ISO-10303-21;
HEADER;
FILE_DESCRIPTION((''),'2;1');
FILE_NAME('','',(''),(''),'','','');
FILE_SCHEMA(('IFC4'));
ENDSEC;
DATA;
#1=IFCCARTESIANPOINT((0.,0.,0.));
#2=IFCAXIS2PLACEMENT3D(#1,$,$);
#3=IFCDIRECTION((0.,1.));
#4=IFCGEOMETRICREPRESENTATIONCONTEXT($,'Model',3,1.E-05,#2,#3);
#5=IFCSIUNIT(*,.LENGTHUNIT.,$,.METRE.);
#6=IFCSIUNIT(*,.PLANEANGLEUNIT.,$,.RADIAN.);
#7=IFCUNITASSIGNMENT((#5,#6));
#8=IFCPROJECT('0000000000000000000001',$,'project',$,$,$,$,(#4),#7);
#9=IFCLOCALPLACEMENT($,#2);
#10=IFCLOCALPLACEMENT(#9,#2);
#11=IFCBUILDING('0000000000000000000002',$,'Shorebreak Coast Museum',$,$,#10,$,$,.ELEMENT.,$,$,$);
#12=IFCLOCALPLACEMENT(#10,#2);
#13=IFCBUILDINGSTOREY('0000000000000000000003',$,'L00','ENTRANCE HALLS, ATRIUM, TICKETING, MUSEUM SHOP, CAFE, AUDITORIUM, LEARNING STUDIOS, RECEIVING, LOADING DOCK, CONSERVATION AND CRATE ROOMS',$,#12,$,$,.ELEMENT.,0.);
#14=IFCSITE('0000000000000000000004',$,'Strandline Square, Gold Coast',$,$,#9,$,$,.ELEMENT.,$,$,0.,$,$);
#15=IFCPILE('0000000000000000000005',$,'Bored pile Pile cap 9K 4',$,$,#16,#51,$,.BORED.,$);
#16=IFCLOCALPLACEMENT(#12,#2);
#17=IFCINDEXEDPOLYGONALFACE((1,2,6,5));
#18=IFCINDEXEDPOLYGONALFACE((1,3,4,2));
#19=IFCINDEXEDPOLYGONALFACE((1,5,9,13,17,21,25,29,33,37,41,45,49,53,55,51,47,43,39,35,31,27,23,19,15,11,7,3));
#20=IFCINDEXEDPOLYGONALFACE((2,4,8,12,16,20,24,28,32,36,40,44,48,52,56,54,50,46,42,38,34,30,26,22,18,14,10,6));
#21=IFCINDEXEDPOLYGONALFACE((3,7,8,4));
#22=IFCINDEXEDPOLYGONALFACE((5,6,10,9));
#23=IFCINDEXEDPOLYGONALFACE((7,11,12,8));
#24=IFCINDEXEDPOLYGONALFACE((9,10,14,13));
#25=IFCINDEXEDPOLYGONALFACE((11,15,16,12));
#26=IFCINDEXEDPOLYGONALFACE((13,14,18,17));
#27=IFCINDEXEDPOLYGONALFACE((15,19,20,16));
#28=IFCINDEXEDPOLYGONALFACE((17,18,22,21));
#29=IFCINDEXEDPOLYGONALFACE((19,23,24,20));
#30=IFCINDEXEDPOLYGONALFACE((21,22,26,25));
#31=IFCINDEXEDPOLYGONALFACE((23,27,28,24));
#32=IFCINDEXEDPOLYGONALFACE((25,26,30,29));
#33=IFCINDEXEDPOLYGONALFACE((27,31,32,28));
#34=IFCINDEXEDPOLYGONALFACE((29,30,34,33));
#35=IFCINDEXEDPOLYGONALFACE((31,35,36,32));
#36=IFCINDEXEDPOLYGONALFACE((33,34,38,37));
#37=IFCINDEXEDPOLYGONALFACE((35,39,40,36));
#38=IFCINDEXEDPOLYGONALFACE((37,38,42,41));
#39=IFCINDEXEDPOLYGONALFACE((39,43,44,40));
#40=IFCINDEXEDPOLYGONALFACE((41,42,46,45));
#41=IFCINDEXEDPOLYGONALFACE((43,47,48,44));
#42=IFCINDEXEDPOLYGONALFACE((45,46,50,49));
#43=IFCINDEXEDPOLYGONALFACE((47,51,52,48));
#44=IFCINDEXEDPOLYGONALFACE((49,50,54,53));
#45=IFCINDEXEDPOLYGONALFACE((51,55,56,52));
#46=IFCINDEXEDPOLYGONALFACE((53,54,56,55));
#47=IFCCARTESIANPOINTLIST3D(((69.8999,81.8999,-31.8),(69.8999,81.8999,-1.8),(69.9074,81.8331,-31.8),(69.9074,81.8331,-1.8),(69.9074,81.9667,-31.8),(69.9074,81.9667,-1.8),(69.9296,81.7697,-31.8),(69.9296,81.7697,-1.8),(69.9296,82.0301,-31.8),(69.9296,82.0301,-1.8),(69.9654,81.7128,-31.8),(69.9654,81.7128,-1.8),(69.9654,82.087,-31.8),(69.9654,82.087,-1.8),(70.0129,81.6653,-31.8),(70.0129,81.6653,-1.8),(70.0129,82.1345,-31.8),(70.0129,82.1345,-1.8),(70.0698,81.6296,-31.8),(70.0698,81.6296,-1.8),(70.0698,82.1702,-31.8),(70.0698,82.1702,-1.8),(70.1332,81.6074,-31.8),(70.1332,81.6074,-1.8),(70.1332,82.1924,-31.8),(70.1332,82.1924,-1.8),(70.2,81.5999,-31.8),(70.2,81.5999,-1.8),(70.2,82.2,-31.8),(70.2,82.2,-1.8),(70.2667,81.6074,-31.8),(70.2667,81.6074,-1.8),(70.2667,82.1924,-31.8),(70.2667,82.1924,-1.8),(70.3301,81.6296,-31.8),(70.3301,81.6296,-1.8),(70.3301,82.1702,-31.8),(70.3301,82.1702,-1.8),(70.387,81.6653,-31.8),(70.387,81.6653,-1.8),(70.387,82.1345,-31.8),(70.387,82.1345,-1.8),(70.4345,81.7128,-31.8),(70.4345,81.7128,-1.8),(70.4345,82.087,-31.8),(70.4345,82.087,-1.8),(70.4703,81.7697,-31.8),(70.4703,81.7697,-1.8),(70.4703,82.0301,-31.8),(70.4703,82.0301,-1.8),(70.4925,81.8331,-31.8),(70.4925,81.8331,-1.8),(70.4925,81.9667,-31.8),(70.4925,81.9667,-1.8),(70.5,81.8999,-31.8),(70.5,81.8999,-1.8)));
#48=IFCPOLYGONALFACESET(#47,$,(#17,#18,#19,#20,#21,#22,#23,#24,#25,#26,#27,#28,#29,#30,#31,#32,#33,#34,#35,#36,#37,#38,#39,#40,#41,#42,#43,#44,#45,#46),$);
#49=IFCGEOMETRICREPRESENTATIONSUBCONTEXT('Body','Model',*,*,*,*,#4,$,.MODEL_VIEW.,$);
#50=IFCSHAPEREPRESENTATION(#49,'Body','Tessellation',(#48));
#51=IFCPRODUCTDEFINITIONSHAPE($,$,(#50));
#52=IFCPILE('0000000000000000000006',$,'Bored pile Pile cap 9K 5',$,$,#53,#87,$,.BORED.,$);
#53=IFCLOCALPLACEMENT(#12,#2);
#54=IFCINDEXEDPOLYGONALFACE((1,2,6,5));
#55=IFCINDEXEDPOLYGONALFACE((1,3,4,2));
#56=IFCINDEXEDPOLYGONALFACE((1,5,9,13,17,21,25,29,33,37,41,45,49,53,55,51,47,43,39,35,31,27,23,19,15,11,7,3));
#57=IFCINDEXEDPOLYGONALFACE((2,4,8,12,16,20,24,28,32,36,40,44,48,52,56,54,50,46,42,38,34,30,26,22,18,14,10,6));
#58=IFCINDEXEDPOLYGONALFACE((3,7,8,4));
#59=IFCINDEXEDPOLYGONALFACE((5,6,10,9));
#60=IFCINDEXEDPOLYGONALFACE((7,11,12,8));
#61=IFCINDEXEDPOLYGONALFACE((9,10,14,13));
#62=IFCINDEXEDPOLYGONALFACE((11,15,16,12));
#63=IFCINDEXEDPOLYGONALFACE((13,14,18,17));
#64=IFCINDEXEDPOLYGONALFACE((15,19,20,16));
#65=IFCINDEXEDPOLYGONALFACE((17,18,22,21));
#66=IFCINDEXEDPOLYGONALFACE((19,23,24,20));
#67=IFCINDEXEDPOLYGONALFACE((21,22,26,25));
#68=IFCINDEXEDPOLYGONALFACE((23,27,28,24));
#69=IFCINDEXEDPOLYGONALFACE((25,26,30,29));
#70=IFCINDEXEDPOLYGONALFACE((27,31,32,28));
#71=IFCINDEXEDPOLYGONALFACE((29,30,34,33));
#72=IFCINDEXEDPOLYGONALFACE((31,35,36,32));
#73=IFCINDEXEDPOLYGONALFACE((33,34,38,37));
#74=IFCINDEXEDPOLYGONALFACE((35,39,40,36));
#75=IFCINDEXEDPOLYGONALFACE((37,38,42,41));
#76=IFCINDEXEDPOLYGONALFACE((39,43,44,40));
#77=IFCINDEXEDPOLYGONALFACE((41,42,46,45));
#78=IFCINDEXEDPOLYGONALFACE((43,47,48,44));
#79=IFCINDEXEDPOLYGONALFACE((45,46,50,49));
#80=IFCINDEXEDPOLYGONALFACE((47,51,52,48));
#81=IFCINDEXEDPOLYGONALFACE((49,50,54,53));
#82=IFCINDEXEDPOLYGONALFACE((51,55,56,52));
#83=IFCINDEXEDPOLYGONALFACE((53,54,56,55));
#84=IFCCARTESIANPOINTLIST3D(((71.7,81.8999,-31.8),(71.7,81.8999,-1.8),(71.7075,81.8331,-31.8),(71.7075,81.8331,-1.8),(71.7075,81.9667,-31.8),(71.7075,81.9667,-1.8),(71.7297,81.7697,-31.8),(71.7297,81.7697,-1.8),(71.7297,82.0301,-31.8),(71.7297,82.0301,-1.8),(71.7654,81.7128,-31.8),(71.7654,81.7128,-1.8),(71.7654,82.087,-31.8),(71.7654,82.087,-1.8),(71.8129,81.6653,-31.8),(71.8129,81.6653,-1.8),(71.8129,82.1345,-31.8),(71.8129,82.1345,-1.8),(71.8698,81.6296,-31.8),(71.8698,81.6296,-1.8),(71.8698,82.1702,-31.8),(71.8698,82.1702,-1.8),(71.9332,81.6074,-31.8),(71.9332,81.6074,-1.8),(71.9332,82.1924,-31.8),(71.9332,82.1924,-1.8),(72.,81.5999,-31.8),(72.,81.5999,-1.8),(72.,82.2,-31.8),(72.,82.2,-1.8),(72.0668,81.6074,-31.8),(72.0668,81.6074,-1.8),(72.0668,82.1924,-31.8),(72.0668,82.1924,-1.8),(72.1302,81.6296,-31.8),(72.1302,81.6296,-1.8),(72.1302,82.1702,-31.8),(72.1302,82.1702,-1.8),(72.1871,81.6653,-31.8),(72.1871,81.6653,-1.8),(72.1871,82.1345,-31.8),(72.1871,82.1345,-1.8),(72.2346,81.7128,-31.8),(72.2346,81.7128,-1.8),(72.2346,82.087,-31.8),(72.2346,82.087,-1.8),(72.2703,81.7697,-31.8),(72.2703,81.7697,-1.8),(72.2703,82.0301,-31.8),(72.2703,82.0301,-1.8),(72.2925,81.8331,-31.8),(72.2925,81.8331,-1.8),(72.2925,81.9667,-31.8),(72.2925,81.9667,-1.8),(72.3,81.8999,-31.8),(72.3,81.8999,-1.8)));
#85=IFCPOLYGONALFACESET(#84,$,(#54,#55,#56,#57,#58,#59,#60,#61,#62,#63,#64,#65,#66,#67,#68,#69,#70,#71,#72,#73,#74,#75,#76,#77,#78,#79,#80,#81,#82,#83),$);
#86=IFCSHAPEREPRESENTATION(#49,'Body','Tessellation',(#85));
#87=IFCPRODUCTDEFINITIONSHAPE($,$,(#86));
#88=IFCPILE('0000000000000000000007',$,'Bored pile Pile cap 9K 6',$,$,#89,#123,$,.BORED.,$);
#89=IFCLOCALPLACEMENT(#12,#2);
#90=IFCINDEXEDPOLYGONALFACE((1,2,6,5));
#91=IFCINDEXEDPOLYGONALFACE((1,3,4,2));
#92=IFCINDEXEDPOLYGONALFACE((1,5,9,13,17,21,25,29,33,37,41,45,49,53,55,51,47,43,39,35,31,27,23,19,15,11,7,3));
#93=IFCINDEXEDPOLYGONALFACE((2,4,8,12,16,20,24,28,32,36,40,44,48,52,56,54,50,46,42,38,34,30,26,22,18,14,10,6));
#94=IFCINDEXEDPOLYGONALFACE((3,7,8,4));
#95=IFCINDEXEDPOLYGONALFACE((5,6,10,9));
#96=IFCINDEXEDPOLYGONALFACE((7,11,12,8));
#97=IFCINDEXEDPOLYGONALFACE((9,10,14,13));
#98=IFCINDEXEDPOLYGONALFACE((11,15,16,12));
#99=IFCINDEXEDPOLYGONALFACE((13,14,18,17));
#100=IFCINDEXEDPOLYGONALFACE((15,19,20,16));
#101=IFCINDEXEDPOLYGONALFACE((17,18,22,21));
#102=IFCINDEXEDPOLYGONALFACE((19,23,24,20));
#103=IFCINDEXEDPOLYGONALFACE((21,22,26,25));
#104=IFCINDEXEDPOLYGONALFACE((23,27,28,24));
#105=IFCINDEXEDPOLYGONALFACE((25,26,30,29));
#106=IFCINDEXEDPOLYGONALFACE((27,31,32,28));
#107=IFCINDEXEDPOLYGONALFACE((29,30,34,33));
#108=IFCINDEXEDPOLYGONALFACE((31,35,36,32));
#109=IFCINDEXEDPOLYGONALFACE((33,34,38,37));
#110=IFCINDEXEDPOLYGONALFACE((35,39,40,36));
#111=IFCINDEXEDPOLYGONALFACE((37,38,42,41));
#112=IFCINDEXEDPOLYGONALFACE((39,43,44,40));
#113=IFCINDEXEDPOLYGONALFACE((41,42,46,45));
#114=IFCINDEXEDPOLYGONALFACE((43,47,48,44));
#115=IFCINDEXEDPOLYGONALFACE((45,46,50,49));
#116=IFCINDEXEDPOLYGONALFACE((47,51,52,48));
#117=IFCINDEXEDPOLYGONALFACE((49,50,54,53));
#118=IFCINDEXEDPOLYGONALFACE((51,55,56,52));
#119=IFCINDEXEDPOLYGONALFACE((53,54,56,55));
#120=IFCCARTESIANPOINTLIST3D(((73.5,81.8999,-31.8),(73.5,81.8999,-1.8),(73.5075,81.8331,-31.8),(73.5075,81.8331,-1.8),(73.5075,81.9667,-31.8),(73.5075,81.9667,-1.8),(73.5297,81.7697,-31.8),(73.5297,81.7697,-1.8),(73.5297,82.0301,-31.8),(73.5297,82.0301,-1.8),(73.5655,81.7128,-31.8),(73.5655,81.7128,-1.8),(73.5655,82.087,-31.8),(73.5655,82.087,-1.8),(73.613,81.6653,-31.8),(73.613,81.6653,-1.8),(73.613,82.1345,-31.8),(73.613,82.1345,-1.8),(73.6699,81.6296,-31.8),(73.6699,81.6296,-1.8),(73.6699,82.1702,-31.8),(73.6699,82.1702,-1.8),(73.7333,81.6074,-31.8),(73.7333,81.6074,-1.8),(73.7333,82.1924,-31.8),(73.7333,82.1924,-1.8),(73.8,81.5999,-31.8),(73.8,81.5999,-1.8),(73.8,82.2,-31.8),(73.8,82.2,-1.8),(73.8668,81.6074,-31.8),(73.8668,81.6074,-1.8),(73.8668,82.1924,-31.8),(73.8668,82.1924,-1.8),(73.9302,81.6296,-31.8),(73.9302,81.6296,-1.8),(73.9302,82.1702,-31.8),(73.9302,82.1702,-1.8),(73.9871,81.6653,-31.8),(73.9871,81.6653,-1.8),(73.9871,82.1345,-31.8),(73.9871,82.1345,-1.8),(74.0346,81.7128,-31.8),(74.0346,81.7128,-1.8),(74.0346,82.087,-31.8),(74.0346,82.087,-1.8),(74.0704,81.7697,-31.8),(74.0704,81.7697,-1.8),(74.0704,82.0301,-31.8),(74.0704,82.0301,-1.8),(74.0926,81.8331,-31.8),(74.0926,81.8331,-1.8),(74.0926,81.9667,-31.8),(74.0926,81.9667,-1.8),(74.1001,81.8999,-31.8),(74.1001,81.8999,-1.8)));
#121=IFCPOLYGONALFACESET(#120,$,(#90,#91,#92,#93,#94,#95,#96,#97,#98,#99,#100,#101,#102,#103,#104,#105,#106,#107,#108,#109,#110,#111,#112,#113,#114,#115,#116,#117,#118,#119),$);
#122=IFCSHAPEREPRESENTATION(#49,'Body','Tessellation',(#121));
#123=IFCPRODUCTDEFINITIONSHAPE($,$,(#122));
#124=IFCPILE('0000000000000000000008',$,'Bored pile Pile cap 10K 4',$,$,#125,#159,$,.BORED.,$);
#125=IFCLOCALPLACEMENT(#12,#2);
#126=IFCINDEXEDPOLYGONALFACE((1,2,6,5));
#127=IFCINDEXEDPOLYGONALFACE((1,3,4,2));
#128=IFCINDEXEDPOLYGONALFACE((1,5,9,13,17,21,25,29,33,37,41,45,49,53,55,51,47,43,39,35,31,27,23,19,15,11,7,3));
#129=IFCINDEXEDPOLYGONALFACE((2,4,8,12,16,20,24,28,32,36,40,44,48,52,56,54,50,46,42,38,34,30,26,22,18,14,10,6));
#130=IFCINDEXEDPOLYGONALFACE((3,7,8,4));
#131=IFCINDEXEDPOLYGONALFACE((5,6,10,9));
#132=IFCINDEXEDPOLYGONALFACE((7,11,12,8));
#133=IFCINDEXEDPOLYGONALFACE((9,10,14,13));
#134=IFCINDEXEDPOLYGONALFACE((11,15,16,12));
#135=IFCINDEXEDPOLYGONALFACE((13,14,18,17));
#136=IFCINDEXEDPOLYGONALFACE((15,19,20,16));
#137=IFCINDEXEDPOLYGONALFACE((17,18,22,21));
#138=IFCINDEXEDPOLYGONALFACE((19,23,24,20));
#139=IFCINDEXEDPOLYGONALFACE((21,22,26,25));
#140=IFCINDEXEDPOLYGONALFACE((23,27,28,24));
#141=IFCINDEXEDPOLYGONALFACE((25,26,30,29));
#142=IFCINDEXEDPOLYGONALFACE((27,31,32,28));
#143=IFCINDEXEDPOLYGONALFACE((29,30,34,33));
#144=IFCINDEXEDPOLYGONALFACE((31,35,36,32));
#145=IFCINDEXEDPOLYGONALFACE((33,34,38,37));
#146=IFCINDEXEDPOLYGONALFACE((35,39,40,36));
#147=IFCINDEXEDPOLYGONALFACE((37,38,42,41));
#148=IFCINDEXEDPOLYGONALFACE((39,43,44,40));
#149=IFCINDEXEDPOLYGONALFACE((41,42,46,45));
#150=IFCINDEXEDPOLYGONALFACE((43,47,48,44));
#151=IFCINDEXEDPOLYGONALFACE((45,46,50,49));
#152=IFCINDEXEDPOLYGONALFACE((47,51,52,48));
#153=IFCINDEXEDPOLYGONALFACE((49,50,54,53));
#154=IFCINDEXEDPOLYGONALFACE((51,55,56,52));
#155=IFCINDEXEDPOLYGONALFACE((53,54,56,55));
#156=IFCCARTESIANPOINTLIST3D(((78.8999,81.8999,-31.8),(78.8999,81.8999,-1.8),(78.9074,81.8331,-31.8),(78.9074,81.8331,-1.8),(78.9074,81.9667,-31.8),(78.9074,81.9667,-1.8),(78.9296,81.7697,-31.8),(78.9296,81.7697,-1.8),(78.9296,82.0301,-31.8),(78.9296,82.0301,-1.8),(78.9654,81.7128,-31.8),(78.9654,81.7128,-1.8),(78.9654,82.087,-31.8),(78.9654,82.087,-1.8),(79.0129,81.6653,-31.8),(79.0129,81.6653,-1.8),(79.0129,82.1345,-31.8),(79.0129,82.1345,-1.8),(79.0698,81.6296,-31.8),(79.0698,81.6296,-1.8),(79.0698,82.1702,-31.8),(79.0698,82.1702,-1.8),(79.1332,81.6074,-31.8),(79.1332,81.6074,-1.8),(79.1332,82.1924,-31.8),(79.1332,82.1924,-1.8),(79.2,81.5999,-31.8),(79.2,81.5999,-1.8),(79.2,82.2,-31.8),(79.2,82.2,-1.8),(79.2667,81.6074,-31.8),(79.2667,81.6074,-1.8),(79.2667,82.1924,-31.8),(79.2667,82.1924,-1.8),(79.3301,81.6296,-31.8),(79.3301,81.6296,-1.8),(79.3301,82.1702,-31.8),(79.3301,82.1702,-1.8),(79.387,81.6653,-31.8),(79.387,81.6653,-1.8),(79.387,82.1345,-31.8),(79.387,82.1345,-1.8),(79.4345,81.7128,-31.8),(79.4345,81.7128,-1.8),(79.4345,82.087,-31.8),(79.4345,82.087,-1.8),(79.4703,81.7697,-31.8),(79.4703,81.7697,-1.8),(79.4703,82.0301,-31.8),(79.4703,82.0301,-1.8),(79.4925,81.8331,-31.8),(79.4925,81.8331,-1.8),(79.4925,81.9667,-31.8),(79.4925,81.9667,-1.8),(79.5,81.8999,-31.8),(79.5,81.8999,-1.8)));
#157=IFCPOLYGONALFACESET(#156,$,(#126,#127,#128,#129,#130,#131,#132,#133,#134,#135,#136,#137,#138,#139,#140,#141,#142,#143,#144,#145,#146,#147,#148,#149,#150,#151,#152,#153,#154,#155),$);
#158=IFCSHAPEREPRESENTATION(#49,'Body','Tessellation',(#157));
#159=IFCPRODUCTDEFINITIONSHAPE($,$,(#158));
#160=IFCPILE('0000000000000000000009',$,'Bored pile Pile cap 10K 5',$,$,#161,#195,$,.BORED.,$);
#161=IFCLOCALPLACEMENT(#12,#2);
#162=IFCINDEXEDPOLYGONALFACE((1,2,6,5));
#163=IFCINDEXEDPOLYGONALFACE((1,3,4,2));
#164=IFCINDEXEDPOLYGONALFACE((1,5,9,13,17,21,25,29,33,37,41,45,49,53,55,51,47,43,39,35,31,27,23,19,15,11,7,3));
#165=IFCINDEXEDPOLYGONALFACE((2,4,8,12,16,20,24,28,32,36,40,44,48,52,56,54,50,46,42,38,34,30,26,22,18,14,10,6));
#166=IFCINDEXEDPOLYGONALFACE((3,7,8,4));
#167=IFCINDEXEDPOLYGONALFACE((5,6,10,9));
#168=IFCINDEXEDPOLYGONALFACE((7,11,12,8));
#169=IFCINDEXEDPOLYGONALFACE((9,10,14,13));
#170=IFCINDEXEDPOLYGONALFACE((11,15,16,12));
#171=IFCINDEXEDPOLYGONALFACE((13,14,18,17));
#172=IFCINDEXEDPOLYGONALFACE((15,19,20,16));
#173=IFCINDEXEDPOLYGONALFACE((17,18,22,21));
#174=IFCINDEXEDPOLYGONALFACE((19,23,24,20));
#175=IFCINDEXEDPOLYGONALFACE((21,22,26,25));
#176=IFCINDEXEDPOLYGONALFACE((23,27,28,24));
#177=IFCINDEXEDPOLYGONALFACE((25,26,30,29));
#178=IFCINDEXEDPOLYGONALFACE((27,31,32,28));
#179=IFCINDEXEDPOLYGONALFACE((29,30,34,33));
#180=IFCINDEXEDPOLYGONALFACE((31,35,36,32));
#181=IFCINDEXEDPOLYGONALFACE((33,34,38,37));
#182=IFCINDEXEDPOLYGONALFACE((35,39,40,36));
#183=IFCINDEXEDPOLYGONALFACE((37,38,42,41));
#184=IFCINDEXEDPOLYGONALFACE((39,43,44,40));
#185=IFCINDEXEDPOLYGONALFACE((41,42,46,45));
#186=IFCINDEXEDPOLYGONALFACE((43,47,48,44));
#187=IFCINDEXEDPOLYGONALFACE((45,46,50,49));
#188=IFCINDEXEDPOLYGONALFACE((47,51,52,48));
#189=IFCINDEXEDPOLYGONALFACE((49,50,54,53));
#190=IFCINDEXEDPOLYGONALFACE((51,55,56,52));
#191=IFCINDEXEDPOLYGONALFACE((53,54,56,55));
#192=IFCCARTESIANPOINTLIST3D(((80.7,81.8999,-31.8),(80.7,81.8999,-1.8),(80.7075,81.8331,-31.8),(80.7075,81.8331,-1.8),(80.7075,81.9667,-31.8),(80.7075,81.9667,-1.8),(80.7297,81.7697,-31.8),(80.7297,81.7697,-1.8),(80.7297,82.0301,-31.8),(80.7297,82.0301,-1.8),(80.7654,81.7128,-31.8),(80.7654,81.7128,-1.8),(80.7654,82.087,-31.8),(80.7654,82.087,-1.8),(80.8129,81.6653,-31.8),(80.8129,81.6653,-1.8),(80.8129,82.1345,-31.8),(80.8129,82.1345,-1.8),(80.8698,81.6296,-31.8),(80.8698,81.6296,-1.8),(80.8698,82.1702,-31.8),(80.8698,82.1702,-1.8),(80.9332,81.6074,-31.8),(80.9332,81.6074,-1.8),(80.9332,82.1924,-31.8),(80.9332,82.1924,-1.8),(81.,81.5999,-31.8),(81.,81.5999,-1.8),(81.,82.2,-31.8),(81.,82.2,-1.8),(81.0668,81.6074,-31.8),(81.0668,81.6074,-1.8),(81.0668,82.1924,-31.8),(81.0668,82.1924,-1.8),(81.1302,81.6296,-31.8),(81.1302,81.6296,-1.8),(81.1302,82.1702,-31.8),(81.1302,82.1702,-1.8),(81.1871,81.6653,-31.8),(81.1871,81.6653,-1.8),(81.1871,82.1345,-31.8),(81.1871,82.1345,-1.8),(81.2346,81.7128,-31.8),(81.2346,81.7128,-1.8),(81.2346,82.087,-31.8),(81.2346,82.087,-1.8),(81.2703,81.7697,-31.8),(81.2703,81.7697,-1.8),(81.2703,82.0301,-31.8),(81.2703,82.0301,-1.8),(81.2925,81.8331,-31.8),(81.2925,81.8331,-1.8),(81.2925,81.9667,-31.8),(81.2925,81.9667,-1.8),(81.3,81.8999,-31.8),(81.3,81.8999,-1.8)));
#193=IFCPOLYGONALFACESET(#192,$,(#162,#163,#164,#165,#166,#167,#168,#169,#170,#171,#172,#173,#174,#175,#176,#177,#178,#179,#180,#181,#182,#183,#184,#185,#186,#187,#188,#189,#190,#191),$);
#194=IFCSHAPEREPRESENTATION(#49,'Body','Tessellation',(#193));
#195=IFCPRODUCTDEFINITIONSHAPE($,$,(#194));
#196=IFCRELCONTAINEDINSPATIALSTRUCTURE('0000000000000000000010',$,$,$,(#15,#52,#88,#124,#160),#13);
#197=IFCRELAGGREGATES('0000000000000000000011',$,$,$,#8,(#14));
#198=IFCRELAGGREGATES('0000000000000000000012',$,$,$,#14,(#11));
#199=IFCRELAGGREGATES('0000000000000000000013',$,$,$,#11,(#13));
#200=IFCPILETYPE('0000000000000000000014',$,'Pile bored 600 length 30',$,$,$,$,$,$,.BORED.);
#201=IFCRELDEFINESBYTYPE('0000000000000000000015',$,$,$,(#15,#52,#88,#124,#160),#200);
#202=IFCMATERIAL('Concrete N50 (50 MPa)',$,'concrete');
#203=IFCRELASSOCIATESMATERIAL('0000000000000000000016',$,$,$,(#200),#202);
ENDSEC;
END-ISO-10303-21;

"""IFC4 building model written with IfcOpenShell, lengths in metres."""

from ifc_helpers import new_model, si_unit, direction, frame, origin, origin_2d, place, context, subcontext, project, spatial, circle, extrude, material, material_profile, profile_set, type_object, element, save


model = new_model("IFC4")

# Units and contexts
model_context = context("Model", 3, precision=1e-05, world=origin(), true_north=direction((0.0, 1.0)))
body_context = subcontext(model_context, "Body", "Model", "MODEL_VIEW")
ifc_project = project(units=[si_unit("LENGTHUNIT", "METRE"), si_unit("PLANEANGLEUNIT", "RADIAN")], contexts=[model_context])

# Site, building, storey
site_placement = place(None, origin())
site = spatial("IfcSite", under=ifc_project, at=site_placement, Name="Strandline Square, Gold Coast", CompositionType="ELEMENT", RefElevation=0.0)
building_placement = place(site_placement, origin())
building = spatial("IfcBuilding", under=site, at=building_placement, Name="Shorebreak Coast Museum", CompositionType="ELEMENT")
storey_placement = place(building_placement, origin())
storey = spatial("IfcBuildingStorey", under=building, at=storey_placement, Name="L00", Description="ENTRANCE HALLS, ATRIUM, TICKETING, MUSEUM SHOP, CAFE, AUDITORIUM, LEARNING STUDIOS, RECEIVING, LOADING DOCK, CONSERVATION AND CRATE ROOMS", CompositionType="ELEMENT", Elevation=0.0)

# Piles
ifc_material_1 = material(Name="Concrete N50 (50 MPa)", Category="concrete")
ifc_material_profile_1 = material_profile(ifc_material_1, circle(Radius=0.3, at=origin_2d()), Name="Pile bored 600 length 30")
ifc_profile_set_1 = profile_set([ifc_material_profile_1], Name="Concrete N50 (50 MPa)")
pile_type_1 = type_object("IfcPileType", Name="Pile bored 600 length 30", PredefinedType="BORED", material=ifc_profile_set_1)
for number, where, z_axis, x_axis, name in (
    (1, (70.2, 81.8999, -1.8), (0.0, 0.0, -1.0), (1.0, 0.0, 0.0), "Bored pile Pile cap 9K 4"),
    (2, (72.0, 81.8999, -1.8), (0.0, 0.0, -1.0), (1.0, 0.0, 0.0), "Bored pile Pile cap 9K 5"),
    (3, (73.8, 81.8999, -1.8), (0.0, 0.0, -1.0), (1.0, 0.0, 0.0), "Bored pile Pile cap 9K 6"),
    (4, (79.2, 81.8999, -1.8), (0.0, 0.0, -1.0), (1.0, 0.0, 0.0), "Bored pile Pile cap 10K 4"),
    (5, (81.0, 81.8999, -1.8), (0.0, 0.0, -1.0), (1.0, 0.0, 0.0), "Bored pile Pile cap 10K 5"),
):
    element("IfcPile", number, at=place(storey_placement, frame(where, z_axis=z_axis, x_axis=x_axis)), inside=storey, type_object=pile_type_1, Name=name, PredefinedType="BORED", context=body_context, shape_type="SweptSolid", body=[
        extrude(circle(Radius=0.3, at=origin_2d()), origin(), (0.0, 0.0, 1.0), 30.0),
    ])

save(model, "model.ifc")
